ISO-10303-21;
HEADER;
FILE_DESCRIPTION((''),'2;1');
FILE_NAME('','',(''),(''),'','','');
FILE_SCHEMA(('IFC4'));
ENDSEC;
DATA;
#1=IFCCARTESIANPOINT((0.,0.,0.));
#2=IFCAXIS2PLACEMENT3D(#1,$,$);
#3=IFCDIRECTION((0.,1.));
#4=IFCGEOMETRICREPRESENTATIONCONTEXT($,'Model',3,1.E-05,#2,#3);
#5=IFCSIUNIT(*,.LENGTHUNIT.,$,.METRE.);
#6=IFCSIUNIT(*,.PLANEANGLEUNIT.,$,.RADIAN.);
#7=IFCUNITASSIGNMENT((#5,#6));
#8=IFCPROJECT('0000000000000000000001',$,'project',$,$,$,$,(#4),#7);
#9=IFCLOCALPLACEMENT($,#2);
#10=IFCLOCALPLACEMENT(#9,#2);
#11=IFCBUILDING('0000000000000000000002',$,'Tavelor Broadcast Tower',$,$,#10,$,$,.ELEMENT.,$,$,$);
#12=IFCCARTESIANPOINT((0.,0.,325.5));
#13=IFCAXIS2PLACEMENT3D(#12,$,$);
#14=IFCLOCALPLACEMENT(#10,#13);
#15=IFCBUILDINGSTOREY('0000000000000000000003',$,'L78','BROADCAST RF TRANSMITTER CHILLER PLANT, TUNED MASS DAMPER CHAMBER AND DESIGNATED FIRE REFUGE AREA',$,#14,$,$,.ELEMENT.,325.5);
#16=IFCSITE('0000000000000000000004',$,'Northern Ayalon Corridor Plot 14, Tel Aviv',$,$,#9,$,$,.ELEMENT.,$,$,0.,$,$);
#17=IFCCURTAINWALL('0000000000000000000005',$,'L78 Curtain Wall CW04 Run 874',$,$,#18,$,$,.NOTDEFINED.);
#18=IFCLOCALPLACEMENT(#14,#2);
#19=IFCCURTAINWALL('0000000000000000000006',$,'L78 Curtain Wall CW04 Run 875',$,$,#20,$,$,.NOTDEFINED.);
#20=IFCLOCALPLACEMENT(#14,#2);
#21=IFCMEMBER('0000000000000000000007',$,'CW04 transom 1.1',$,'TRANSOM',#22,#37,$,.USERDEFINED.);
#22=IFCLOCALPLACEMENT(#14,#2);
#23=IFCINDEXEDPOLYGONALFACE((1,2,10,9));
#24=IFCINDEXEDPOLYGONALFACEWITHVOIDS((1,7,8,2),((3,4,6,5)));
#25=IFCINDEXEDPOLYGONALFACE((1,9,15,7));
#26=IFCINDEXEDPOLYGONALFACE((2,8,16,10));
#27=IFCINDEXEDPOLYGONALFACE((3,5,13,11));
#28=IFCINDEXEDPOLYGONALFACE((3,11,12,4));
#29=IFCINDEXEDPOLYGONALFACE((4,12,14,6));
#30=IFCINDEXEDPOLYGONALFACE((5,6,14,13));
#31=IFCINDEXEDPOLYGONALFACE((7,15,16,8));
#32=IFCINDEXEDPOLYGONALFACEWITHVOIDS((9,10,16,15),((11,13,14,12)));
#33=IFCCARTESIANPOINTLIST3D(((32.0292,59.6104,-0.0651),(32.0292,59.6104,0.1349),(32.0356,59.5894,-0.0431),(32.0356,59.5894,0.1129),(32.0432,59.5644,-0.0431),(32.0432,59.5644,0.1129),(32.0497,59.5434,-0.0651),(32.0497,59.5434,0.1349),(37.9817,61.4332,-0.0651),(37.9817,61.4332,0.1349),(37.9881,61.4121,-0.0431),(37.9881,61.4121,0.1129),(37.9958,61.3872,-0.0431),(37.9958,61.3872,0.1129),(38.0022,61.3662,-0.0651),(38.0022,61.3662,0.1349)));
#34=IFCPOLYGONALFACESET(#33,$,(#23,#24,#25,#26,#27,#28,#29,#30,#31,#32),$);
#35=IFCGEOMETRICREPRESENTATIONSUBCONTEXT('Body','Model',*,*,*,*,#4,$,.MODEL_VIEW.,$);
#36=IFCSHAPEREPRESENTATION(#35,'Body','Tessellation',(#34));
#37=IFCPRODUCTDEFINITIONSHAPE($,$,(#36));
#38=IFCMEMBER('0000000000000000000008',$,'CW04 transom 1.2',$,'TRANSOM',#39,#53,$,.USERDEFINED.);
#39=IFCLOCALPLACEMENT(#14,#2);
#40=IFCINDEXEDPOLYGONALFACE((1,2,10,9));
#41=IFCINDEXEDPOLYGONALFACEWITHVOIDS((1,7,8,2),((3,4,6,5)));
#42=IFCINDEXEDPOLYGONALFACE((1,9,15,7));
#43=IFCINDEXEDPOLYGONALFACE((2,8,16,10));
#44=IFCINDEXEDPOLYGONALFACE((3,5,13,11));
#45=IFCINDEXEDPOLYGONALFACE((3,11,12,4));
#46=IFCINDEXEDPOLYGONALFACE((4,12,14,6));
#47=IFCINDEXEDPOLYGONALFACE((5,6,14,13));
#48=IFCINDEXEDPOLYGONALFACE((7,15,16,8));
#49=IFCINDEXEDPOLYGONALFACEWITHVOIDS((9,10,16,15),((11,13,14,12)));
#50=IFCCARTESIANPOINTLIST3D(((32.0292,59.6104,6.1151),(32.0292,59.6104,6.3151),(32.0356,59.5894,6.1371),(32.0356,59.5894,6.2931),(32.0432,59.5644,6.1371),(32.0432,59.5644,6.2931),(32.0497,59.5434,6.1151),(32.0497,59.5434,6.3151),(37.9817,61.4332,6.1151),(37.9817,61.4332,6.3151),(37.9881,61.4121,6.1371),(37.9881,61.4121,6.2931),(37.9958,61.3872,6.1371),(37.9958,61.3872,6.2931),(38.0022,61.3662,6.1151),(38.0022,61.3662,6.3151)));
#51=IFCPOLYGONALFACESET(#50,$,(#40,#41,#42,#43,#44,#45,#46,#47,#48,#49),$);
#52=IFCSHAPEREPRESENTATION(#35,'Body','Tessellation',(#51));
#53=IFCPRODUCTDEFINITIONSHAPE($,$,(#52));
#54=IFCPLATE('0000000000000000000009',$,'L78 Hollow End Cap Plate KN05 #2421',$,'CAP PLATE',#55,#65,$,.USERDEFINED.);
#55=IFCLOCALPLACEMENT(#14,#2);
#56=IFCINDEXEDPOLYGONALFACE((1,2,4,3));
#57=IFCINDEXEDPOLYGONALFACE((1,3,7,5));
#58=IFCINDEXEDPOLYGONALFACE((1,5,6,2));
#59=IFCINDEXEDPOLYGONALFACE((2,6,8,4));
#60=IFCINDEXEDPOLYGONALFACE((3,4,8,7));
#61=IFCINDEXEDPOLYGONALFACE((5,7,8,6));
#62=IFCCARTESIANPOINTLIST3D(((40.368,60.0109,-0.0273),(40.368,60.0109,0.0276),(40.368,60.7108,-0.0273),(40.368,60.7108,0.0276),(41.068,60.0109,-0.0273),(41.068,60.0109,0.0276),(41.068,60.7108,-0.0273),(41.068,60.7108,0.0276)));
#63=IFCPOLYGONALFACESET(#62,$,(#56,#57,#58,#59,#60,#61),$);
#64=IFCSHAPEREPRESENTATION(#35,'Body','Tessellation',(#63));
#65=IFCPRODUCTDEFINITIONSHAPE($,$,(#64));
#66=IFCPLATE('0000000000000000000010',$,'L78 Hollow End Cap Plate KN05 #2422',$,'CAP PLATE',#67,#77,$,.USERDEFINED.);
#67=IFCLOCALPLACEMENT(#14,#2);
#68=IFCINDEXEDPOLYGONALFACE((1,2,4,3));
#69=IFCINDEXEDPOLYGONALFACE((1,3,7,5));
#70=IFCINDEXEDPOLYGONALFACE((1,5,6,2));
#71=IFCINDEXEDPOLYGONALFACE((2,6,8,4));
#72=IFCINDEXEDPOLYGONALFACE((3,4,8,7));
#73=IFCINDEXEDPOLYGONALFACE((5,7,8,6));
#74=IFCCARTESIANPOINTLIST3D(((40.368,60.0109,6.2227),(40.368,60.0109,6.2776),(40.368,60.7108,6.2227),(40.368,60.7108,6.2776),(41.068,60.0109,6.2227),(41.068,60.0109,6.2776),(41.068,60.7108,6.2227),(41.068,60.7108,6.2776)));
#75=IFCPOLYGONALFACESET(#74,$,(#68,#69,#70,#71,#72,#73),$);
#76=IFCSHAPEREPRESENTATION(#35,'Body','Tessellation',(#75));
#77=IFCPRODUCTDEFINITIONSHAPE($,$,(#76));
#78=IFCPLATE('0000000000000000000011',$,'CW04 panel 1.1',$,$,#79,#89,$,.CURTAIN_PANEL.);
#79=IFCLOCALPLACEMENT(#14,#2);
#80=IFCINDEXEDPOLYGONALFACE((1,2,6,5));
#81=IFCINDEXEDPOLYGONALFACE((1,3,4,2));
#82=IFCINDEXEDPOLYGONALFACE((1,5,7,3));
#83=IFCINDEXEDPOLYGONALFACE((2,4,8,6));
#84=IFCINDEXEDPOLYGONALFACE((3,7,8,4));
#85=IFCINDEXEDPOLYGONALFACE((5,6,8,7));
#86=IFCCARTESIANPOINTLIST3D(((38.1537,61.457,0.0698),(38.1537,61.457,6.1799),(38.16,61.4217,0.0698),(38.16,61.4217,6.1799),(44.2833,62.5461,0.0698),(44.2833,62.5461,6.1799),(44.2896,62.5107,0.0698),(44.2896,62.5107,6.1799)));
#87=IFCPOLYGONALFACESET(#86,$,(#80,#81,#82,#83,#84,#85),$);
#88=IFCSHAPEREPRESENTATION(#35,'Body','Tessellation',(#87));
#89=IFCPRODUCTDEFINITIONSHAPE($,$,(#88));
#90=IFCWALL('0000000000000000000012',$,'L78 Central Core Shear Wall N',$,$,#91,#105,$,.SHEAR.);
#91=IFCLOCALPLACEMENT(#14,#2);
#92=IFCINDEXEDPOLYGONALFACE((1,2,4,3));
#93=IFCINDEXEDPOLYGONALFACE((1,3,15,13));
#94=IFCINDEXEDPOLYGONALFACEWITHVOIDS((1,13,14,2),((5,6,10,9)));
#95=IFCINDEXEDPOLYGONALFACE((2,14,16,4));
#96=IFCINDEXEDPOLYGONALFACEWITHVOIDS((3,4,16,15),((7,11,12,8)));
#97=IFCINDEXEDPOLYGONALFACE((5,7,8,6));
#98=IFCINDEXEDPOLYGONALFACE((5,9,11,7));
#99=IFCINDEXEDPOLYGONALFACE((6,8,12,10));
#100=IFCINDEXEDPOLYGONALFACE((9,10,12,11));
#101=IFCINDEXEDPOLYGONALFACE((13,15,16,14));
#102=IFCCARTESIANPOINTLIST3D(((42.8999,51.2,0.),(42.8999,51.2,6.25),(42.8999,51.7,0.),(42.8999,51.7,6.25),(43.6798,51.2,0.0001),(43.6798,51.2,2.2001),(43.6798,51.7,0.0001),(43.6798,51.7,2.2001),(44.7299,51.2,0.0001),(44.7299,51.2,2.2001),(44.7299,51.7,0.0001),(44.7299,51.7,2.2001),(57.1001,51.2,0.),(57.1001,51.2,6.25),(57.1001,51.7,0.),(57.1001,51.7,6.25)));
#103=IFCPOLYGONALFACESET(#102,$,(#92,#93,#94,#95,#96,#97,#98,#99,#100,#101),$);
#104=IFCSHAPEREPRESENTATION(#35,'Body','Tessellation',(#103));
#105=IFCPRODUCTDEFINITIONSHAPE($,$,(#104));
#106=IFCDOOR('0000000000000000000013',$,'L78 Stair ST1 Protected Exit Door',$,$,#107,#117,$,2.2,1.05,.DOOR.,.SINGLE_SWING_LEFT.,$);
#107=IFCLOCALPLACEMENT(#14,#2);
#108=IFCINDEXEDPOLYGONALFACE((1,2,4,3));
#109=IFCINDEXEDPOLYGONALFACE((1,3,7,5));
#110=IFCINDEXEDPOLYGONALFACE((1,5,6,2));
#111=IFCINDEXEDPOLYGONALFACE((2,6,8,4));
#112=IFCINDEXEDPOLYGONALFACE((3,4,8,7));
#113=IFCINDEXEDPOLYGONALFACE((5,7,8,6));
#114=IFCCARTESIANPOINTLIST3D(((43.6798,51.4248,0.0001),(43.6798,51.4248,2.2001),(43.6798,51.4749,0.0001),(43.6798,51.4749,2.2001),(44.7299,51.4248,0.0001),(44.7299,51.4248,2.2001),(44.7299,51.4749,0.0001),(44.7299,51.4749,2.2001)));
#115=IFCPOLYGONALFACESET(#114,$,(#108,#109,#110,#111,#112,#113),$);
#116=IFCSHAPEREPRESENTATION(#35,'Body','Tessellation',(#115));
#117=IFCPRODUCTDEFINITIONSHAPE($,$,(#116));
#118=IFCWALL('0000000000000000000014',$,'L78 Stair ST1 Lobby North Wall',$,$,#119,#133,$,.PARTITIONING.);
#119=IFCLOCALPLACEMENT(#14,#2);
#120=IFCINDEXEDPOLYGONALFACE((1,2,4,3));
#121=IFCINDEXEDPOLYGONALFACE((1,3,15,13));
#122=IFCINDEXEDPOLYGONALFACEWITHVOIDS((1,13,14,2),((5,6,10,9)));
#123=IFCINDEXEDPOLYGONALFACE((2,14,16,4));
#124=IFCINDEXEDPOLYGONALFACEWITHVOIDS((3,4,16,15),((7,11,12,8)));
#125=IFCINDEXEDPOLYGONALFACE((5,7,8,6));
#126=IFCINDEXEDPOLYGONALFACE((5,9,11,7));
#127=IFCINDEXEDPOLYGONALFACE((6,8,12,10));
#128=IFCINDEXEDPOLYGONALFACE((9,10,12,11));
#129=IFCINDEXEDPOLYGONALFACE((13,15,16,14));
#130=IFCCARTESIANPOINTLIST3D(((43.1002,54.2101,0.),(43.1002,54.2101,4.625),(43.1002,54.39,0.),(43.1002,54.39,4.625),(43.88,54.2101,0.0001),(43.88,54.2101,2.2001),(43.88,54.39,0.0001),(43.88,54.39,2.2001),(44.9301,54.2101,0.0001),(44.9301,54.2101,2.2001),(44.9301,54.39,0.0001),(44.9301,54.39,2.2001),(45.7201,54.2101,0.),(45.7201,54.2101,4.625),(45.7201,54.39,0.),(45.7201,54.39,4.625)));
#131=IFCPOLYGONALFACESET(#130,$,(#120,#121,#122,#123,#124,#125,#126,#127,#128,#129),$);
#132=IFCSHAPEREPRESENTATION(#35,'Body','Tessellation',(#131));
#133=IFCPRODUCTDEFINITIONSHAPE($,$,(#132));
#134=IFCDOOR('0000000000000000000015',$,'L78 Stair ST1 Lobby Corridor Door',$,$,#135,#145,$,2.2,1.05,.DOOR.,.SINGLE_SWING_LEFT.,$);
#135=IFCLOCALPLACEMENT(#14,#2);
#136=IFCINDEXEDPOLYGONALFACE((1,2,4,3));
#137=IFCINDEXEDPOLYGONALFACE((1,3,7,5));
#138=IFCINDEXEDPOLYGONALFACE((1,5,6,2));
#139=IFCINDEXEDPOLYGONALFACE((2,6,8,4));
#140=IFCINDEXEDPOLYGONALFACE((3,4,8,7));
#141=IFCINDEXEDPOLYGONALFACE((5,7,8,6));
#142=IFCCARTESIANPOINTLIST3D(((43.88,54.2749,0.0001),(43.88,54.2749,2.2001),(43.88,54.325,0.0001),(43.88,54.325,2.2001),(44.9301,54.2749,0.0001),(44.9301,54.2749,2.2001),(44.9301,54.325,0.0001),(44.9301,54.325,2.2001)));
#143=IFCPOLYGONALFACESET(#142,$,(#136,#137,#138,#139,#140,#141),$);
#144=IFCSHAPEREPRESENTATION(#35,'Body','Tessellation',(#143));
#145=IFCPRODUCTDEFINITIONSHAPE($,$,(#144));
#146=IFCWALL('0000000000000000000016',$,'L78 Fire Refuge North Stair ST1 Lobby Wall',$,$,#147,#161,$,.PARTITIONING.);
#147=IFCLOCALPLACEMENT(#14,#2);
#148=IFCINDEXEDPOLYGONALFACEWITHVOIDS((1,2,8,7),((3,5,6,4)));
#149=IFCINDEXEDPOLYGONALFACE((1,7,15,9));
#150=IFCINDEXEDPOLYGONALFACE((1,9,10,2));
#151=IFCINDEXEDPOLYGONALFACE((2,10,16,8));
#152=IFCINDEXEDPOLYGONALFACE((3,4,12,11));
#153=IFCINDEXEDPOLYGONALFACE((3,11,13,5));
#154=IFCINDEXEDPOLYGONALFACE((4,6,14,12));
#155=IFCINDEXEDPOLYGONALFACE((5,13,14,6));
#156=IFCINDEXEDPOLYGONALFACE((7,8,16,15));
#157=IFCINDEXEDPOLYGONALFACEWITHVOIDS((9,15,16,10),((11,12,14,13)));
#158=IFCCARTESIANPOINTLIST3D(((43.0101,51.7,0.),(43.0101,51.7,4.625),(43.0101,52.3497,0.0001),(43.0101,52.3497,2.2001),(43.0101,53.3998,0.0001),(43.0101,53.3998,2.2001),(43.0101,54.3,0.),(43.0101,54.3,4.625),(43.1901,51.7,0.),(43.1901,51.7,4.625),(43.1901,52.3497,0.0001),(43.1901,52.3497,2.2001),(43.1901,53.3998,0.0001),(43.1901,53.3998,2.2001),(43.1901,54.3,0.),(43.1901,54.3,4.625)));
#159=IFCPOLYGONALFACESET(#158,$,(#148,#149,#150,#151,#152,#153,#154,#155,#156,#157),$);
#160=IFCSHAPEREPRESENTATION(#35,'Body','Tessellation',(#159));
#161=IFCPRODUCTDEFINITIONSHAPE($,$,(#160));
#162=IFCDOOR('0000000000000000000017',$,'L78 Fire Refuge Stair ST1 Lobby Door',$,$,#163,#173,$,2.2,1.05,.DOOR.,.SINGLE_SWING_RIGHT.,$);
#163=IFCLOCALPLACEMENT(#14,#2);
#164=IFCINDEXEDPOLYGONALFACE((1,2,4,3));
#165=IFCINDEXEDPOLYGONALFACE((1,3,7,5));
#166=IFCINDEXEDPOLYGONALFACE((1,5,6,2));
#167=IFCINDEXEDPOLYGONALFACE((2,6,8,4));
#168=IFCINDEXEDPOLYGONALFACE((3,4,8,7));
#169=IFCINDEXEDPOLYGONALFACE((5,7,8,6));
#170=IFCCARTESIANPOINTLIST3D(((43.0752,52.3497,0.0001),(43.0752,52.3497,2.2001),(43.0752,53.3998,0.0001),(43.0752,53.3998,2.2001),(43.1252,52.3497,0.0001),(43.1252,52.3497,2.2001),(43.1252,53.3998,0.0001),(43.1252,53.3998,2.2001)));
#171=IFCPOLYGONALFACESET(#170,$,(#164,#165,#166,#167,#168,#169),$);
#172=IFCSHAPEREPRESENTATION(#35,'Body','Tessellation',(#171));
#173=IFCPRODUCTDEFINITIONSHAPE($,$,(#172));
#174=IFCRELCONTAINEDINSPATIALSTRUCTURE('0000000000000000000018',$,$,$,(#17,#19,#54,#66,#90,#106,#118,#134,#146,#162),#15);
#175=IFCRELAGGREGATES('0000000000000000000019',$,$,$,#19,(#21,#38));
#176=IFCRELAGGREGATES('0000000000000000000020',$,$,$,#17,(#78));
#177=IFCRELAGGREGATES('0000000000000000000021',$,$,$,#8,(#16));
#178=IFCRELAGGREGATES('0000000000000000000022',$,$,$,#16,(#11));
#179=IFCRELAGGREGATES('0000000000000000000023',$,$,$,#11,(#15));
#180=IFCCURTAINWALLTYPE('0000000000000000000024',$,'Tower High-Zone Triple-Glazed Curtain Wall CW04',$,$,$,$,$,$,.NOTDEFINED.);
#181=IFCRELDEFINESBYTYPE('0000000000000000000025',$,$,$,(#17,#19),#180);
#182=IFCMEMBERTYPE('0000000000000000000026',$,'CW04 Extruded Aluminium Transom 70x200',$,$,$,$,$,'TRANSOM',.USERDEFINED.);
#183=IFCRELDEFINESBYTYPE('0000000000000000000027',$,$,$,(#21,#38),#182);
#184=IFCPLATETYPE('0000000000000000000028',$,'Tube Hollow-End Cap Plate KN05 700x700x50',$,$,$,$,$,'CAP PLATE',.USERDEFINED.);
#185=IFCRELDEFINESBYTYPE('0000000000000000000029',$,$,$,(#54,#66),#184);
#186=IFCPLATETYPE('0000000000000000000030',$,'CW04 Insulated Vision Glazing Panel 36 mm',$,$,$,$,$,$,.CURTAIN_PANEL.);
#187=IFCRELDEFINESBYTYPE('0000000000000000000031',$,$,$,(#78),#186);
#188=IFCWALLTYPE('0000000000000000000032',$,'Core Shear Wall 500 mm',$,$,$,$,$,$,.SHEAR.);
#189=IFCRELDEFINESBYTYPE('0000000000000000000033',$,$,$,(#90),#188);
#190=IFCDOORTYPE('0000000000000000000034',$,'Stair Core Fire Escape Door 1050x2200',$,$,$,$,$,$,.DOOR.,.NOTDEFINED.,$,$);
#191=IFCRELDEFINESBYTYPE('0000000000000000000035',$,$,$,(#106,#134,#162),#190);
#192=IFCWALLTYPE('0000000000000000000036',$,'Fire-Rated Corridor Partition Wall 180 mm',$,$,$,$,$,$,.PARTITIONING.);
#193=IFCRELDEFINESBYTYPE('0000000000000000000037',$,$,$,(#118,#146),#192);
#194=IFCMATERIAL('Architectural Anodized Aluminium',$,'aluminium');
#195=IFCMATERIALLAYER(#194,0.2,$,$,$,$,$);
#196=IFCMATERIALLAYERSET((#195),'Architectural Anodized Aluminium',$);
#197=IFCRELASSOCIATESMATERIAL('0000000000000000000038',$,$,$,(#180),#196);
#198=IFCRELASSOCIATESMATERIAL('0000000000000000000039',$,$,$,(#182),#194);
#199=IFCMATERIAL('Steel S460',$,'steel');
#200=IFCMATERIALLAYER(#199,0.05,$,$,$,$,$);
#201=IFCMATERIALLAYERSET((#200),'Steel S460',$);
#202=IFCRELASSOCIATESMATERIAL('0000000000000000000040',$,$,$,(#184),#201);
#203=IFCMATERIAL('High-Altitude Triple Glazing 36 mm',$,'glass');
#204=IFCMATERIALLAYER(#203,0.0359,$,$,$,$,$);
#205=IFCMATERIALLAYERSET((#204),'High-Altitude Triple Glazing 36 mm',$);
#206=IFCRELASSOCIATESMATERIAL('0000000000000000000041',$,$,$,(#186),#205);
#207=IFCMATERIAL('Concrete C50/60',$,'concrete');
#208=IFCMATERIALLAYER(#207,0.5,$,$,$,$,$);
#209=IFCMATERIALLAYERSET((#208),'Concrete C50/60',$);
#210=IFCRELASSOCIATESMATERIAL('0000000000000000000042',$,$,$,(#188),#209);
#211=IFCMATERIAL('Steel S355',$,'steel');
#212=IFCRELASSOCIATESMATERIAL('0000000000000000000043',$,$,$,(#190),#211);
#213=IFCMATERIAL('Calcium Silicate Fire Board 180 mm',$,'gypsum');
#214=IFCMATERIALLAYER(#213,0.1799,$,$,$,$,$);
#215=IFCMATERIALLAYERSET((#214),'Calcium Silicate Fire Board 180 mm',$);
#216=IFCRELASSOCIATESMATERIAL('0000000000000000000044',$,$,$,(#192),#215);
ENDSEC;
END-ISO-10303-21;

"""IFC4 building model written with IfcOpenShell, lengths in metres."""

from ifc_helpers import new_model, si_unit, direction, frame, frame_2d, origin, origin_2d, place, context, subcontext, project, spatial, rectangle, hollow_rectangle, extrude, source, transform, mapped, material, layer, layer_set, material_profile, profile_set, type_object, type_shapes, element, fill, aggregate, save


model = new_model("IFC4")

# Units and contexts
model_context = context("Model", 3, precision=1e-05, world=origin(), true_north=direction((0.0, 1.0)))
body_context = subcontext(model_context, "Body", "Model", "MODEL_VIEW")
ifc_project = project(units=[si_unit("LENGTHUNIT", "METRE"), si_unit("PLANEANGLEUNIT", "RADIAN")], contexts=[model_context])

# Site, building, storey
site_placement = place(None, origin())
site = spatial("IfcSite", under=ifc_project, at=site_placement, Name="Northern Ayalon Corridor Plot 14, Tel Aviv", CompositionType="ELEMENT", RefElevation=0.0)
building_placement = place(site_placement, origin())
building = spatial("IfcBuilding", under=site, at=building_placement, Name="Tavelor Broadcast Tower", CompositionType="ELEMENT")
storey_placement = place(building_placement, frame((0.0, 0.0, 325.5)))
storey = spatial("IfcBuildingStorey", under=building, at=storey_placement, Name="L78", Description="BROADCAST RF TRANSMITTER CHILLER PLANT, TUNED MASS DAMPER CHAMBER AND DESIGNATED FIRE REFUGE AREA", CompositionType="ELEMENT", Elevation=325.5)

# Shared definitions
ifc_material_1 = material(Name="Steel S460", Category="steel")

# Curtain walls
ifc_material_2 = material(Name="Architectural Anodized Aluminium", Category="aluminium")
ifc_layer_1 = layer(ifc_material_2, 0.2)
ifc_layer_set_1 = layer_set([ifc_layer_1], Name="Architectural Anodized Aluminium")
curtain_wall_type = type_object("IfcCurtainWallType", Name="Tower High-Zone Triple-Glazed Curtain Wall CW04", PredefinedType="NOTDEFINED", material=ifc_layer_set_1)
curtain_wall_1_placement = place(storey_placement, origin())
curtain_wall_1 = element("IfcCurtainWall", 1, at=curtain_wall_1_placement, inside=storey, type_object=curtain_wall_type, Name="L78 Curtain Wall CW04 Run 874", PredefinedType="NOTDEFINED")
curtain_wall_2_placement = place(storey_placement, origin())
curtain_wall_2 = element("IfcCurtainWall", 2, at=curtain_wall_2_placement, inside=storey, type_object=curtain_wall_type, Name="L78 Curtain Wall CW04 Run 875", PredefinedType="NOTDEFINED")

# Members
ifc_material_profile_1 = material_profile(ifc_material_2, hollow_rectangle(XDim=0.0701, YDim=0.2, WallThickness=0.022, at=origin_2d()), Name="RHS 70x200x22")
ifc_profile_set_1 = profile_set([ifc_material_profile_1], Name="Architectural Anodized Aluminium")
member_type_1 = type_object("IfcMemberType", Name="CW04 Extruded Aluminium Transom 70x200", ElementType="TRANSOM", PredefinedType="USERDEFINED", material=ifc_profile_set_1)
shared_shape_1 = source(origin(), body_context, "Body", "SweptSolid", [
    extrude(hollow_rectangle(XDim=0.0701, YDim=0.2, WallThickness=0.022, at=origin_2d()), origin(), (0.0, 0.0, 1.0), 6.2253),
])
type_shapes(member_type_1, [shared_shape_1])
member_1_placement = place(storey_placement, frame((37.9919, 61.3997, 0.0349), z_axis=(-0.956177, -0.29279, 0.0), x_axis=(0.29279, -0.956177, 0.0)))
member_1 = element("IfcMember", 3, at=member_1_placement, type_object=member_type_1, Name="CW04 transom 1.1", ObjectType="TRANSOM", PredefinedType="USERDEFINED", context=body_context, shape_type="MappedRepresentation", body=[
    mapped(shared_shape_1, transform((0.0, 0.0, 0.0), scale=1.0)),
])
member_2_placement = place(storey_placement, frame((37.9919, 61.3997, 6.2151), z_axis=(-0.956177, -0.29279, 0.0), x_axis=(0.29279, -0.956177, 0.0)))
member_2 = element("IfcMember", 4, at=member_2_placement, type_object=member_type_1, Name="CW04 transom 1.2", ObjectType="TRANSOM", PredefinedType="USERDEFINED", context=body_context, shape_type="MappedRepresentation", body=[
    mapped(shared_shape_1, transform((0.0, 0.0, 0.0), scale=1.0)),
])
aggregate(curtain_wall_2, [member_1, member_2])

# Plates
ifc_layer_2 = layer(ifc_material_1, 0.05)
ifc_layer_set_2 = layer_set([ifc_layer_2], Name="Steel S460")
plate_type_1 = type_object("IfcPlateType", Name="Tube Hollow-End Cap Plate KN05 700x700x50", ElementType="CAP PLATE", PredefinedType="USERDEFINED", material=ifc_layer_set_2)
shared_shape_2 = source(origin(), body_context, "Body", "SweptSolid", [
    extrude(rectangle(XDim=0.7, YDim=0.7, at=origin_2d()), origin(), (0.0, 0.0, 1.0), 0.0549),
])
type_shapes(plate_type_1, [shared_shape_2])
for number, where, z_axis, x_axis, name in (
    (5, (40.718, 60.3608, -0.0273), (0.0, 0.0, 1.0), (1.0, 0.0, 0.0), "L78 Hollow End Cap Plate KN05 #2421"),
    (6, (40.718, 60.3608, 6.2227), (0.0, 0.0, 1.0), (1.0, 0.0, 0.0), "L78 Hollow End Cap Plate KN05 #2422"),
):
    element("IfcPlate", number, at=place(storey_placement, frame(where, z_axis=z_axis, x_axis=x_axis)), inside=storey, type_object=plate_type_1, Name=name, ObjectType="CAP PLATE", PredefinedType="USERDEFINED", context=body_context, shape_type="MappedRepresentation", body=[
        mapped(shared_shape_2, transform((0.0, 0.0, 0.0), scale=1.0)),
    ])

# Plate
ifc_material_3 = material(Name="High-Altitude Triple Glazing 36 mm", Category="glass")
ifc_layer_3 = layer(ifc_material_3, 0.0359)
ifc_layer_set_3 = layer_set([ifc_layer_3], Name="High-Altitude Triple Glazing 36 mm")
plate_type_2 = type_object("IfcPlateType", Name="CW04 Insulated Vision Glazing Panel 36 mm", PredefinedType="CURTAIN_PANEL", material=ifc_layer_set_3)
shared_shape_3 = source(origin(), body_context, "Body", "SweptSolid", [
    extrude(rectangle(XDim=6.2256, YDim=0.0359, at=origin_2d()), origin(), (0.0, 0.0, 1.0), 6.1101),
])
type_shapes(plate_type_2, [shared_shape_3])
plate_placement = place(storey_placement, frame((41.2217, 61.9839, 0.0698), z_axis=(0.0, 0.0, 1.0), x_axis=(-0.984582, -0.174926, 0.0)))
plate = element("IfcPlate", 7, at=plate_placement, type_object=plate_type_2, Name="CW04 panel 1.1", PredefinedType="CURTAIN_PANEL", context=body_context, shape_type="MappedRepresentation", body=[
    mapped(shared_shape_3, transform((0.0, 0.0, 0.0), scale=1.0)),
])
aggregate(curtain_wall_1, [plate])

# Walls, openings, doors
ifc_material_4 = material(Name="Concrete C50/60", Category="concrete")
ifc_layer_4 = layer(ifc_material_4, 0.5)
ifc_layer_set_4 = layer_set([ifc_layer_4], Name="Concrete C50/60")
wall_type_1 = type_object("IfcWallType", Name="Core Shear Wall 500 mm", PredefinedType="SHEAR", material=ifc_layer_set_4)
wall_1_placement = place(storey_placement, frame((42.8999, 51.45, 0.0), z_axis=(0.0, 0.0, 1.0), x_axis=(1.0, 0.0, 0.0)))
wall_1 = element("IfcWall", 8, at=wall_1_placement, inside=storey, type_object=wall_type_1, Name="L78 Central Core Shear Wall N", PredefinedType="SHEAR", context=body_context, shape_type="SweptSolid", body=[
    extrude(rectangle(XDim=14.2002, YDim=0.5, at=frame_2d((7.1001, 0.0))), origin(), (0.0, 0.0, 1.0), 6.25),
])
opening_1_placement = place(wall_1_placement, frame((0.78, 0.0, 0.0)))
opening_1 = element("IfcOpeningElement", 9, at=opening_1_placement, cuts=wall_1, PredefinedType="OPENING", context=body_context, shape_type="SweptSolid", body=[
    extrude(rectangle(XDim=1.05, YDim=2.2, at=frame_2d((0.5249, 1.1001))), frame((0.0, 0.26, 0.0), z_axis=(0.0, -1.0, 0.0), x_axis=(1.0, 0.0, 0.0)), (0.0, 0.0, 1.0), 0.52),
])
ifc_material_5 = material(Name="Steel S355", Category="steel")
door_type = type_object("IfcDoorType", Name="Stair Core Fire Escape Door 1050x2200", OperationType="NOTDEFINED", PredefinedType="DOOR", material=ifc_material_5)
door_1_placement = place(opening_1_placement, origin())
door_1 = element("IfcDoor", 10, at=door_1_placement, inside=storey, type_object=door_type, Name="L78 Stair ST1 Protected Exit Door", OperationType="SINGLE_SWING_LEFT", OverallHeight=2.2, OverallWidth=1.05, PredefinedType="DOOR", context=body_context, shape_type="SweptSolid", body=[
    extrude(rectangle(XDim=1.05, YDim=2.2, at=frame_2d((0.5249, 1.1001))), frame((0.0, 0.0249, 0.0), z_axis=(0.0, -1.0, 0.0), x_axis=(1.0, 0.0, 0.0)), (0.0, 0.0, 1.0), 0.05),
])
fill(opening_1, door_1)
ifc_material_6 = material(Name="Calcium Silicate Fire Board 180 mm", Category="gypsum")
ifc_layer_5 = layer(ifc_material_6, 0.1799)
ifc_layer_set_5 = layer_set([ifc_layer_5], Name="Calcium Silicate Fire Board 180 mm")
wall_type_2 = type_object("IfcWallType", Name="Fire-Rated Corridor Partition Wall 180 mm", PredefinedType="PARTITIONING", material=ifc_layer_set_5)
wall_2_placement = place(storey_placement, frame((43.1001, 54.3, 0.0), z_axis=(0.0, 0.0, 1.0), x_axis=(1.0, 0.0, 0.0)))
wall_2 = element("IfcWall", 11, at=wall_2_placement, inside=storey, type_object=wall_type_2, Name="L78 Stair ST1 Lobby North Wall", PredefinedType="PARTITIONING", context=body_context, shape_type="SweptSolid", body=[
    extrude(rectangle(XDim=2.6199, YDim=0.1799, at=frame_2d((1.3101, 0.0))), origin(), (0.0, 0.0, 1.0), 4.625),
])
opening_2_placement = place(wall_2_placement, frame((0.78, 0.0, 0.0)))
opening_2 = element("IfcOpeningElement", 12, at=opening_2_placement, cuts=wall_2, PredefinedType="OPENING", context=body_context, shape_type="SweptSolid", body=[
    extrude(rectangle(XDim=1.05, YDim=2.2, at=frame_2d((0.5249, 1.1001))), frame((0.0, 0.1001, 0.0), z_axis=(0.0, -1.0, 0.0), x_axis=(1.0, 0.0, 0.0)), (0.0, 0.0, 1.0), 0.2),
])
door_2_placement = place(opening_2_placement, origin())
door_2 = element("IfcDoor", 13, at=door_2_placement, inside=storey, type_object=door_type, Name="L78 Stair ST1 Lobby Corridor Door", OperationType="SINGLE_SWING_LEFT", OverallHeight=2.2, OverallWidth=1.05, PredefinedType="DOOR", context=body_context, shape_type="SweptSolid", body=[
    extrude(rectangle(XDim=1.05, YDim=2.2, at=frame_2d((0.5249, 1.1001))), frame((0.0, 0.0249, 0.0), z_axis=(0.0, -1.0, 0.0), x_axis=(1.0, 0.0, 0.0)), (0.0, 0.0, 1.0), 0.05),
])
fill(opening_2, door_2)
wall_3_placement = place(storey_placement, frame((43.1001, 51.7, 0.0), z_axis=(0.0, 0.0, 1.0), x_axis=(0.0, 1.0, 0.0)))
wall_3 = element("IfcWall", 14, at=wall_3_placement, inside=storey, type_object=wall_type_2, Name="L78 Fire Refuge North Stair ST1 Lobby Wall", PredefinedType="PARTITIONING", context=body_context, shape_type="SweptSolid", body=[
    extrude(rectangle(XDim=2.6001, YDim=0.1799, at=frame_2d((1.3, 0.0))), origin(), (0.0, 0.0, 1.0), 4.625),
])
opening_3_placement = place(wall_3_placement, frame((0.6499, 0.0, 0.0)))
opening_3 = element("IfcOpeningElement", 15, at=opening_3_placement, cuts=wall_3, PredefinedType="OPENING", context=body_context, shape_type="SweptSolid", body=[
    extrude(rectangle(XDim=1.05, YDim=2.2, at=frame_2d((0.5249, 1.1001))), frame((0.0, 0.1001, 0.0), z_axis=(0.0, -1.0, 0.0), x_axis=(1.0, 0.0, 0.0)), (0.0, 0.0, 1.0), 0.2),
])
door_3_placement = place(opening_3_placement, origin())
door_3 = element("IfcDoor", 16, at=door_3_placement, inside=storey, type_object=door_type, Name="L78 Fire Refuge Stair ST1 Lobby Door", OperationType="SINGLE_SWING_RIGHT", OverallHeight=2.2, OverallWidth=1.05, PredefinedType="DOOR", context=body_context, shape_type="SweptSolid", body=[
    extrude(rectangle(XDim=1.05, YDim=2.2, at=frame_2d((0.5249, 1.1001))), frame((0.0, 0.0249, 0.0), z_axis=(0.0, -1.0, 0.0), x_axis=(1.0, 0.0, 0.0)), (0.0, 0.0, 1.0), 0.05),
])
fill(opening_3, door_3)

save(model, "model.ifc")
